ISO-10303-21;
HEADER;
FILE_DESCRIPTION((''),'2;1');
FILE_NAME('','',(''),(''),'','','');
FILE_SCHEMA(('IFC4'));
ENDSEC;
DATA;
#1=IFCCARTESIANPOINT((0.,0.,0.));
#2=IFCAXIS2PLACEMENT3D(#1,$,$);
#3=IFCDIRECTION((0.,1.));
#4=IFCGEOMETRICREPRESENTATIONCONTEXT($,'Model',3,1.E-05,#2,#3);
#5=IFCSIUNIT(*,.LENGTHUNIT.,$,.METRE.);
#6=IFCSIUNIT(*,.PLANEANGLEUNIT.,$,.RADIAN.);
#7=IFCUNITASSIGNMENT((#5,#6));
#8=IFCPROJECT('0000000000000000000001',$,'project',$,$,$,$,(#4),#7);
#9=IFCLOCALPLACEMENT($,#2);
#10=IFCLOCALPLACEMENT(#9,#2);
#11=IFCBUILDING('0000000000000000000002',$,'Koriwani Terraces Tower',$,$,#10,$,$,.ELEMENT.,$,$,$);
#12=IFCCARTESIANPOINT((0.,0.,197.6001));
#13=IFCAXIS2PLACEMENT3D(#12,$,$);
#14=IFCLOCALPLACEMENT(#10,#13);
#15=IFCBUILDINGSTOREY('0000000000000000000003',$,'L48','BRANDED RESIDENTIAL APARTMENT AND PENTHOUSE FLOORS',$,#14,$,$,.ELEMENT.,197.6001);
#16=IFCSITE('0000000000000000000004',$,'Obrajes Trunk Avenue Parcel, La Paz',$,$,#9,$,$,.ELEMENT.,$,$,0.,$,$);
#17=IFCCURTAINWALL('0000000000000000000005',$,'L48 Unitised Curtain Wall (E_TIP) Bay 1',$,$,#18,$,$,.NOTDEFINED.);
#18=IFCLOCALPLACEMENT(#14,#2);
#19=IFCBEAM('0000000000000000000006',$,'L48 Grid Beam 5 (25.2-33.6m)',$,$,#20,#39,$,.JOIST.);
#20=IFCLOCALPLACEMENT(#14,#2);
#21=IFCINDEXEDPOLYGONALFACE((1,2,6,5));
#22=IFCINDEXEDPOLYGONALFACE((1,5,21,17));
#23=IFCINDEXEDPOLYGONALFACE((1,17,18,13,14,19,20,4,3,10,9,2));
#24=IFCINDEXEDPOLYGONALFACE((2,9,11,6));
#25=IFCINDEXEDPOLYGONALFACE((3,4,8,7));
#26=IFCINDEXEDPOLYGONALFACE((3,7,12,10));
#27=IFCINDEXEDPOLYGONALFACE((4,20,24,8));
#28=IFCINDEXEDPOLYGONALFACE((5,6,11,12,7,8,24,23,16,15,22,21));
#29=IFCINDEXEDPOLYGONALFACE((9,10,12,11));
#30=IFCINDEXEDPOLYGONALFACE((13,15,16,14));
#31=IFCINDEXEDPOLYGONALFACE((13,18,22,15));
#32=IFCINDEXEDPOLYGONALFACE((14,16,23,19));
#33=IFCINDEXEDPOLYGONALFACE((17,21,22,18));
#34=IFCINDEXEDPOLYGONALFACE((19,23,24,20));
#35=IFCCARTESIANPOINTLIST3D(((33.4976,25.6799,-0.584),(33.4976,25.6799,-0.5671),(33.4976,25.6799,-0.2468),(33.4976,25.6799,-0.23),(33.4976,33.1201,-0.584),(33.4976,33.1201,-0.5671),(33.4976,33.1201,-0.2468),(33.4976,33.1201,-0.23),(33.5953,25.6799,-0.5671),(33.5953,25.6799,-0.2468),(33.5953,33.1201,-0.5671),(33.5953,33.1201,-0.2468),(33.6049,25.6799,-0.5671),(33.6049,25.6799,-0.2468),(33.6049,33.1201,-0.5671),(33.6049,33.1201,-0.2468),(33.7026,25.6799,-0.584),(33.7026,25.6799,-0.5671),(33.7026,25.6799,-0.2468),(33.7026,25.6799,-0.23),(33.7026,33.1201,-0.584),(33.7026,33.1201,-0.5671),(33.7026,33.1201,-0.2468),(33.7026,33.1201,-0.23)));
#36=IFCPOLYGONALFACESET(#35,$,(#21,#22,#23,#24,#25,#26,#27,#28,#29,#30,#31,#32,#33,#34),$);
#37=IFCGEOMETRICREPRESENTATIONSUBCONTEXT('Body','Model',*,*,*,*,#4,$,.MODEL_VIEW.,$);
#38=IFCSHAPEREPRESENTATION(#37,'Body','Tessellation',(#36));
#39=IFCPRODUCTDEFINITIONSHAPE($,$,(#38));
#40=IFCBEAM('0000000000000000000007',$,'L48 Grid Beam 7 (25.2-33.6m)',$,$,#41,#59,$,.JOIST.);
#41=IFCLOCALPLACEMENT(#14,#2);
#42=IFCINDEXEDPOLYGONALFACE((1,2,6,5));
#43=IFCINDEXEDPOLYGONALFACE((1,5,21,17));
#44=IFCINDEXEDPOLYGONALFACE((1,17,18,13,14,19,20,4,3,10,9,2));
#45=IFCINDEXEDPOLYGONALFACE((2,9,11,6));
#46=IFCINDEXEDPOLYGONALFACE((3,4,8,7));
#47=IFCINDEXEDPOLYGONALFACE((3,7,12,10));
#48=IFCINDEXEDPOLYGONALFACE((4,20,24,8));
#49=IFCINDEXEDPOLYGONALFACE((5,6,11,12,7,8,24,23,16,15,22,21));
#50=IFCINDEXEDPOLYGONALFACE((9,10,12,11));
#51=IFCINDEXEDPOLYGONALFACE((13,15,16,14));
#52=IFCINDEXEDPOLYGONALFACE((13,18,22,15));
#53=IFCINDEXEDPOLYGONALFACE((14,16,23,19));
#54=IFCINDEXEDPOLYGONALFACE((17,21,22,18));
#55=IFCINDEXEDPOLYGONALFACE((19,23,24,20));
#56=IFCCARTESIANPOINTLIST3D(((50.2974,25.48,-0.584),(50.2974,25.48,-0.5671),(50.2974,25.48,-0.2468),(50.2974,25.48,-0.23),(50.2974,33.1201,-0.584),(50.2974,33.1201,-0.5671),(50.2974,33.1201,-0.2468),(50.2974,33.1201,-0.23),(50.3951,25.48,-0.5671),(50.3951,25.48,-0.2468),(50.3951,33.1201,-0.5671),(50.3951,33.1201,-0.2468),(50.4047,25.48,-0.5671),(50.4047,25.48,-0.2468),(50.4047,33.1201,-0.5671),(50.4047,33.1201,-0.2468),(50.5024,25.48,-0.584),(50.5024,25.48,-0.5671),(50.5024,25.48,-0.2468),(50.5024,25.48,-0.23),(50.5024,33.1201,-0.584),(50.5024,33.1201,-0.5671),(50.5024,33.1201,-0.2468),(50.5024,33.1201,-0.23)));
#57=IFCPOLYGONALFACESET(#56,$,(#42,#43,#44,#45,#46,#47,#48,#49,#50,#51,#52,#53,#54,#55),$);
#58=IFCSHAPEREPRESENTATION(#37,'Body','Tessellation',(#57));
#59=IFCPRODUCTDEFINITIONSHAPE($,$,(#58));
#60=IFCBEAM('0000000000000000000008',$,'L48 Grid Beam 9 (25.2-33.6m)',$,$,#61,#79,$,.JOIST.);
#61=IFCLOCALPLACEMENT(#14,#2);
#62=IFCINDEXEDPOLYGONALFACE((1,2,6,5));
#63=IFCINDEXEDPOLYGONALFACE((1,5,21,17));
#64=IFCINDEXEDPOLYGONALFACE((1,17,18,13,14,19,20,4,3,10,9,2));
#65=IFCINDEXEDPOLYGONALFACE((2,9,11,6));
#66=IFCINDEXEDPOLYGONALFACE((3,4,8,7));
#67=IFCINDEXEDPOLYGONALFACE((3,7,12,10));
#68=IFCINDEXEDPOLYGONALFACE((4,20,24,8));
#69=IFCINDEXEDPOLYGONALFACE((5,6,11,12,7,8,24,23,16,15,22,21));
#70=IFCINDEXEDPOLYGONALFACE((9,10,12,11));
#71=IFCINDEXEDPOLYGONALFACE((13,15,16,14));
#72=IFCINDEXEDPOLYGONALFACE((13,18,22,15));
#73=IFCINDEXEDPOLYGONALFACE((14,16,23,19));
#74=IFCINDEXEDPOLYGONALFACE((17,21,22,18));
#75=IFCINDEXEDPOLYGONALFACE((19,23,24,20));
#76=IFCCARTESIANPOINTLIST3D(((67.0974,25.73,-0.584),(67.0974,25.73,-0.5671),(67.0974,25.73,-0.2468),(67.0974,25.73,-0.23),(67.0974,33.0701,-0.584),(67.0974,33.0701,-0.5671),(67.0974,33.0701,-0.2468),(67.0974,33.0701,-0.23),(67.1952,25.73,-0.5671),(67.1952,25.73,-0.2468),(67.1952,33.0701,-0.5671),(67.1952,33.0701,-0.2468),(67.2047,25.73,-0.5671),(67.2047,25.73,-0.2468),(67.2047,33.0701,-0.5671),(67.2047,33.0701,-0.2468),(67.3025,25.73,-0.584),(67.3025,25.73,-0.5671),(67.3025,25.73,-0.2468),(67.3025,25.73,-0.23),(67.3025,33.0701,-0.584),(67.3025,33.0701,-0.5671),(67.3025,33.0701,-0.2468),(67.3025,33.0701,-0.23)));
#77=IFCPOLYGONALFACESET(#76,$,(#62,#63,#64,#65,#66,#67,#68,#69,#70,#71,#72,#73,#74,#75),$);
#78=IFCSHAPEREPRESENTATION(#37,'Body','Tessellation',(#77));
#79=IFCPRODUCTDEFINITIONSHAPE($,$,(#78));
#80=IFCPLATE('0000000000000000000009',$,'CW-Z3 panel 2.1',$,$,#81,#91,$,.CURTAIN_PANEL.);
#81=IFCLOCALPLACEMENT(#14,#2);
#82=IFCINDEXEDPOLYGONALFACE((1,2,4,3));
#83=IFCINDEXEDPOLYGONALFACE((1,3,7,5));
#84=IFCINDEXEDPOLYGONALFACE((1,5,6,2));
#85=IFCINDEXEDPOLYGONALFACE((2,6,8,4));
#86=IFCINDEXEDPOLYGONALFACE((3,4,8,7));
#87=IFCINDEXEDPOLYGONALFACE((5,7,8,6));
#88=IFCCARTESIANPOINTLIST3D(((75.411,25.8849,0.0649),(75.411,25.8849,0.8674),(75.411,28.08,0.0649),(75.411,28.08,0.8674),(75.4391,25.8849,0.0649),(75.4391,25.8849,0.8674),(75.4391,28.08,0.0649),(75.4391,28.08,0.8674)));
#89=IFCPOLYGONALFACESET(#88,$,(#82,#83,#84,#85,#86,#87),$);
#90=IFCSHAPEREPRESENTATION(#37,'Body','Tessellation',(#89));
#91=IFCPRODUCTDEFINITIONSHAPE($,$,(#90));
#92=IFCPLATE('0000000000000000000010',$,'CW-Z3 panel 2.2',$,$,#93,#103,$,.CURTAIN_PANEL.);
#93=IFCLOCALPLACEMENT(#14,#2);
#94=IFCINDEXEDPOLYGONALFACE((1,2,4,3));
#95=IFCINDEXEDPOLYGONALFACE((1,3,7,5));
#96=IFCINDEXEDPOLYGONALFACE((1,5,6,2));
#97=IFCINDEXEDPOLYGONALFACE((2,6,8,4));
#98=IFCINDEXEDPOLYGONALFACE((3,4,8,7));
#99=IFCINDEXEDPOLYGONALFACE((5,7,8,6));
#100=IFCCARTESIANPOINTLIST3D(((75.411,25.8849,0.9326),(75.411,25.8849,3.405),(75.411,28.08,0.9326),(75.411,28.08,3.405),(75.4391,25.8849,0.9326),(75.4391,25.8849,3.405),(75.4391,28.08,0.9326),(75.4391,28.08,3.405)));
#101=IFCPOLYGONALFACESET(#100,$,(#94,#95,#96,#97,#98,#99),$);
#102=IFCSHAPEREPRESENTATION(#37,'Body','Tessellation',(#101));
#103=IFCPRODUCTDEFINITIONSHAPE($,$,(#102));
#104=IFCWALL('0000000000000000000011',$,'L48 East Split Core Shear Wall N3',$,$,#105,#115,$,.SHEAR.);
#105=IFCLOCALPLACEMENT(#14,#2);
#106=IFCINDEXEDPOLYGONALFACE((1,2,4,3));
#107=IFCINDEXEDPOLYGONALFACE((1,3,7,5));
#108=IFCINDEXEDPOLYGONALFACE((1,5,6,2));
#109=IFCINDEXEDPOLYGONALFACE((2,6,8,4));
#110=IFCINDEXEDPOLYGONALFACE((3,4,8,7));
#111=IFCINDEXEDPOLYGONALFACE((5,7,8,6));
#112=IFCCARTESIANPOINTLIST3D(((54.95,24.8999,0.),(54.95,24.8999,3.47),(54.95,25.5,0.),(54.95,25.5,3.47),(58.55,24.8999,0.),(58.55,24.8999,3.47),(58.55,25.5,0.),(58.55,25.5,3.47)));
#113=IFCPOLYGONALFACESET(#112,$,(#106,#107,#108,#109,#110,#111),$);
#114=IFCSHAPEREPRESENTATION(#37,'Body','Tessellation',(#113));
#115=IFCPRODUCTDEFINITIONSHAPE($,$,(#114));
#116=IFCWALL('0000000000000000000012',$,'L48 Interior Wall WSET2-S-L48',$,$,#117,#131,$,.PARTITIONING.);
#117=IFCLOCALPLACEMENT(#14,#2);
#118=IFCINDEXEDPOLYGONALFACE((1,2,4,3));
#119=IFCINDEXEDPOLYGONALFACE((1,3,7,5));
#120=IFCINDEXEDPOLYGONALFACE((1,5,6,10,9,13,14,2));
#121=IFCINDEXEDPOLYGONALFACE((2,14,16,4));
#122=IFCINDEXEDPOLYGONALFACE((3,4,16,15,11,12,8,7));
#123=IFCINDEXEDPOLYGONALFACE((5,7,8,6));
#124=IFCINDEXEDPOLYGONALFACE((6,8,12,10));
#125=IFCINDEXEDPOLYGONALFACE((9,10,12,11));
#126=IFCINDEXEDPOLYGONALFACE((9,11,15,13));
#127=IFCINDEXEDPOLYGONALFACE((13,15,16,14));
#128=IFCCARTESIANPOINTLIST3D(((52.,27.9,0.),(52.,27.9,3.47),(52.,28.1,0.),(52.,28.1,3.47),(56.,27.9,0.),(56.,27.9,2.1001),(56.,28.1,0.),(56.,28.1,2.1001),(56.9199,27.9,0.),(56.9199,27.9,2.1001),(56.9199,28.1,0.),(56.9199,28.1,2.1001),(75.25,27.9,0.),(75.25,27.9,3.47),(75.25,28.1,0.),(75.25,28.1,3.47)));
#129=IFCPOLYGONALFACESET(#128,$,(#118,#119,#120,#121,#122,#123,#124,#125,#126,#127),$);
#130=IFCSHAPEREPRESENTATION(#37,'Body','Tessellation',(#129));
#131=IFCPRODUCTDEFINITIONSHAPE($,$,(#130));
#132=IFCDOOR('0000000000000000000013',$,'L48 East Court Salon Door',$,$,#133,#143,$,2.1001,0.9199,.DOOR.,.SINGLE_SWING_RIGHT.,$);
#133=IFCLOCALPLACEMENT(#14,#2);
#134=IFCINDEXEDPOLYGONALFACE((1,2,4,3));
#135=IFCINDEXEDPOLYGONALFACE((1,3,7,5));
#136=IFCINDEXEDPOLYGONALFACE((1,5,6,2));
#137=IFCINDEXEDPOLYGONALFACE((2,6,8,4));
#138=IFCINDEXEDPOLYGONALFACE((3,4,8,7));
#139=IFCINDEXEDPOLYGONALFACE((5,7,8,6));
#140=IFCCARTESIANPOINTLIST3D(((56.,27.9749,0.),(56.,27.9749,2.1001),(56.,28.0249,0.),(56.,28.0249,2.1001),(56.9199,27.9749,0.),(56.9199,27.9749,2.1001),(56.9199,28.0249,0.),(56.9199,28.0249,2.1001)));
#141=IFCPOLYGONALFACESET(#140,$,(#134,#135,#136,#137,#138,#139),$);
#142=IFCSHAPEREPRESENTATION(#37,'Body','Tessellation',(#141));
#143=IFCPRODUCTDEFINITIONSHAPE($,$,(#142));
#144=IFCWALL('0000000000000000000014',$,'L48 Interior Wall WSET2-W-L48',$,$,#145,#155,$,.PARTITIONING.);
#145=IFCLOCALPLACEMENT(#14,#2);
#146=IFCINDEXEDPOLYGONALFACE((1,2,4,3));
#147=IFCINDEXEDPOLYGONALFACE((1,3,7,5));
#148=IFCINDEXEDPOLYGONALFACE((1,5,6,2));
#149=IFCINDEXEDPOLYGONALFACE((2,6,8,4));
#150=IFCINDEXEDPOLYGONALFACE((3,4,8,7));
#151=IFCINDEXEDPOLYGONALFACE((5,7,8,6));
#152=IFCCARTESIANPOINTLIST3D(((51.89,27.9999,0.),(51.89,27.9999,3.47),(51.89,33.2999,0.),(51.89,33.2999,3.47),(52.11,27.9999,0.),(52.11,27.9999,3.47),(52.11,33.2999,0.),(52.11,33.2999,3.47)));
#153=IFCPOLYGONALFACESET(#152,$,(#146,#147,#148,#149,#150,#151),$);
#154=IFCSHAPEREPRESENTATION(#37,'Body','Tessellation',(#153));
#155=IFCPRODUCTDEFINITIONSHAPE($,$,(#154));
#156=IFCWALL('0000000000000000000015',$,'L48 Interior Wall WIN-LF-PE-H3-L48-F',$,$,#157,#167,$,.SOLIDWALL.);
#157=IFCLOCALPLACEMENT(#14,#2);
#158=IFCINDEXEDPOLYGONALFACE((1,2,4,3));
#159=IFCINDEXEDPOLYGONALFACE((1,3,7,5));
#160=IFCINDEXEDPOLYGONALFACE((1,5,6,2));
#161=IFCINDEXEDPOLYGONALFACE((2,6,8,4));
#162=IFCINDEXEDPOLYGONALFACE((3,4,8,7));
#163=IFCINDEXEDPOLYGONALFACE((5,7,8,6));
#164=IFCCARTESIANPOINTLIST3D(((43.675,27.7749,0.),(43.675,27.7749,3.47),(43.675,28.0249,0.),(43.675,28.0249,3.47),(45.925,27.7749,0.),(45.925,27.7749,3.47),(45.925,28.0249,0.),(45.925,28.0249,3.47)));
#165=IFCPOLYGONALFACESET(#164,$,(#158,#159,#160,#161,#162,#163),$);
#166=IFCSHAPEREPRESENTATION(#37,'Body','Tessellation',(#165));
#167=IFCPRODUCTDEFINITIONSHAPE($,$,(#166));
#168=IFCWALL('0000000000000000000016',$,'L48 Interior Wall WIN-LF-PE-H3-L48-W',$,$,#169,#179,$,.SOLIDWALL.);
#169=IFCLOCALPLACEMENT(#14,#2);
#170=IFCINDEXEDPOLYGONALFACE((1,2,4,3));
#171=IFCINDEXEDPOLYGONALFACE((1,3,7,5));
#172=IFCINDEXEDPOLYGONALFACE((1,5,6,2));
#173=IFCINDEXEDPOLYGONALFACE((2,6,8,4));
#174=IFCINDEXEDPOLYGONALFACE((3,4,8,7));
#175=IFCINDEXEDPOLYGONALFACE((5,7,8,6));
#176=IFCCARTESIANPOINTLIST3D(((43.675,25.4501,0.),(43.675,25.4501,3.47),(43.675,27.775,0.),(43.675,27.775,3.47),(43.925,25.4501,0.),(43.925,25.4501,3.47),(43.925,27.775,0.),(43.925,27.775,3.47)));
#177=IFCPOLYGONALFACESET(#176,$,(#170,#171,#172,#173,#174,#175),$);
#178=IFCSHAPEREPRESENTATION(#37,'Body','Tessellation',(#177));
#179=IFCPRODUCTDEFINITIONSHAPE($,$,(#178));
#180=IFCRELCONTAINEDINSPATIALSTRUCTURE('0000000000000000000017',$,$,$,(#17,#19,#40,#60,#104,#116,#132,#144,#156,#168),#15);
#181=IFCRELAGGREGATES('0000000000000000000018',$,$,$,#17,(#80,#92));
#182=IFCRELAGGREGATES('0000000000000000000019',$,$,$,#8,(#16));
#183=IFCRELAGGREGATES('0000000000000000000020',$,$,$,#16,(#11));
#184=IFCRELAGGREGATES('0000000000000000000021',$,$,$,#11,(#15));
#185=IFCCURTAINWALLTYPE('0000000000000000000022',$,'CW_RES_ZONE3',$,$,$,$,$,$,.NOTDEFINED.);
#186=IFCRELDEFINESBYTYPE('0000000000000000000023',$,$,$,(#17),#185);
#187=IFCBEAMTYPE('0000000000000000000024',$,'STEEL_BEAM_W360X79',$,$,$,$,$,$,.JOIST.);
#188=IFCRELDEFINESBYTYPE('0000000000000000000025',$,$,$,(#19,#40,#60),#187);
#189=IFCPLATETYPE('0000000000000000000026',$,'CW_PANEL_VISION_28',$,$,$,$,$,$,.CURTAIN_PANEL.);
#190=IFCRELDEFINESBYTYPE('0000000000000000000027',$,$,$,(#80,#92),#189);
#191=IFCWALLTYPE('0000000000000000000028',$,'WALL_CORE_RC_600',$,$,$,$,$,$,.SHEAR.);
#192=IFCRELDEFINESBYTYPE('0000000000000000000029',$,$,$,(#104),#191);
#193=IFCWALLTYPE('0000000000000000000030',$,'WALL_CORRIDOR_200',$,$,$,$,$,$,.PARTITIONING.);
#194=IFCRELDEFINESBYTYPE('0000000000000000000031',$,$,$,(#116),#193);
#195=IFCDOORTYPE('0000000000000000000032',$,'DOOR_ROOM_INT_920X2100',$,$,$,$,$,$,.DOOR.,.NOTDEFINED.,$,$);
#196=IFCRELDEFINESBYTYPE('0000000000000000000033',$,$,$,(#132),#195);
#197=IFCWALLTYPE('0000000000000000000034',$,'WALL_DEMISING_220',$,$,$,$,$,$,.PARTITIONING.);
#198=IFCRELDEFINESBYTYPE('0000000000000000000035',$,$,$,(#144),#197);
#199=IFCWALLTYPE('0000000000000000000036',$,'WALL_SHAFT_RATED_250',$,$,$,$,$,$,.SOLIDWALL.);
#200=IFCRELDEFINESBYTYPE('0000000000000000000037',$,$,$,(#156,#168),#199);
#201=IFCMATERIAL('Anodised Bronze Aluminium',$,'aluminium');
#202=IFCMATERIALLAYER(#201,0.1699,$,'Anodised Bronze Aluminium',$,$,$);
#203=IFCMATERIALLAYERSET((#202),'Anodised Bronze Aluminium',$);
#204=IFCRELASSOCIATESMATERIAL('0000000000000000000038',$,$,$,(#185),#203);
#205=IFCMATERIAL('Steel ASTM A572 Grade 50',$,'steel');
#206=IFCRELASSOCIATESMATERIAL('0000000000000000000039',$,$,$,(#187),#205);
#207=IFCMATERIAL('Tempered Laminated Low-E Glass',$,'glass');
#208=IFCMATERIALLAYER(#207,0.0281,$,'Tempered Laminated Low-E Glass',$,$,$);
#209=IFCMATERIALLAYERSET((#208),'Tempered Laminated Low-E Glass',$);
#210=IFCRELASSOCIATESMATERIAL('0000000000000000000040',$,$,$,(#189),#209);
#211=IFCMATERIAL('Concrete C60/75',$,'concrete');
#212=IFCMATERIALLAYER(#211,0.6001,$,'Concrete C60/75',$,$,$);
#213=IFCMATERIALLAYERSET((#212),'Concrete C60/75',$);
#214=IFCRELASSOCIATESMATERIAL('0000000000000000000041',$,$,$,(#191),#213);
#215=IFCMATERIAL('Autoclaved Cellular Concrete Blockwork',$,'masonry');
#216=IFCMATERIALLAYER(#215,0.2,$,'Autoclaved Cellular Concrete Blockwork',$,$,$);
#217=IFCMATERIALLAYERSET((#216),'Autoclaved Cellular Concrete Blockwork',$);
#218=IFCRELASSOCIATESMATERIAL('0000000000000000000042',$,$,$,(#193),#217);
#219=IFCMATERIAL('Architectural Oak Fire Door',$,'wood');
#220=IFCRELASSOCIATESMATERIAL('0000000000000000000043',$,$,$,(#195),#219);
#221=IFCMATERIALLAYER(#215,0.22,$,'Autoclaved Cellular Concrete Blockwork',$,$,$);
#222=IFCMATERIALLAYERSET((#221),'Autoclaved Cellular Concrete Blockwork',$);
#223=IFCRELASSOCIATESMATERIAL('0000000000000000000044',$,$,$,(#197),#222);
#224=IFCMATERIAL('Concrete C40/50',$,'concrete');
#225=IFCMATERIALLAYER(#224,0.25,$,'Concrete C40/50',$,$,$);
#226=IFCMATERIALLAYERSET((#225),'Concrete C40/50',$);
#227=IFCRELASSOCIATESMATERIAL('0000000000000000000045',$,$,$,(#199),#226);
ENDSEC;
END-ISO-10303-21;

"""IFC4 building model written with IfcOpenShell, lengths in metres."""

from ifc_helpers import new_model, si_unit, direction, frame, frame_2d, origin, origin_2d, place, context, subcontext, project, spatial, rectangle, i_section, extrude, material, layer, layer_set, material_profile, profile_set, type_object, element, fill, aggregate, save


model = new_model("IFC4")

# Units and contexts
model_context = context("Model", 3, precision=1e-05, world=origin(), true_north=direction((0.0, 1.0)))
body_context = subcontext(model_context, "Body", "Model", "MODEL_VIEW")
ifc_project = project(units=[si_unit("LENGTHUNIT", "METRE"), si_unit("PLANEANGLEUNIT", "RADIAN")], contexts=[model_context])

# Site, building, storey
site_placement = place(None, origin())
site = spatial("IfcSite", under=ifc_project, at=site_placement, Name="Obrajes Trunk Avenue Parcel, La Paz", CompositionType="ELEMENT", RefElevation=0.0)
building_placement = place(site_placement, origin())
building = spatial("IfcBuilding", under=site, at=building_placement, Name="Koriwani Terraces Tower", CompositionType="ELEMENT")
storey_placement = place(building_placement, frame((0.0, 0.0, 197.6001)))
storey = spatial("IfcBuildingStorey", under=building, at=storey_placement, Name="L48", Description="BRANDED RESIDENTIAL APARTMENT AND PENTHOUSE FLOORS", CompositionType="ELEMENT", Elevation=197.6001)

# Curtain wall
ifc_material_1 = material(Name="Anodised Bronze Aluminium", Category="aluminium")
ifc_layer_1 = layer(ifc_material_1, 0.1699, Name="Anodised Bronze Aluminium")
ifc_layer_set_1 = layer_set([ifc_layer_1], Name="Anodised Bronze Aluminium")
curtain_wall_type = type_object("IfcCurtainWallType", Name="CW_RES_ZONE3", PredefinedType="NOTDEFINED", material=ifc_layer_set_1)
curtain_wall_placement = place(storey_placement, origin())
curtain_wall = element("IfcCurtainWall", 1, at=curtain_wall_placement, inside=storey, type_object=curtain_wall_type, Name="L48 Unitised Curtain Wall (E_TIP) Bay 1", PredefinedType="NOTDEFINED")

# Beams
ifc_material_2 = material(Name="Steel ASTM A572 Grade 50", Category="steel")
ifc_material_profile_1 = material_profile(ifc_material_2, i_section(OverallWidth=0.2051, OverallDepth=0.354, WebThickness=0.0095, FlangeThickness=0.0168, at=origin_2d()), Name="Steel ASTM A572 Grade 50", Category="LoadBearing")
ifc_profile_set_1 = profile_set([ifc_material_profile_1], Name="Steel ASTM A572 Grade 50")
beam_type_1 = type_object("IfcBeamType", Name="STEEL_BEAM_W360X79", PredefinedType="JOIST", material=ifc_profile_set_1)
beam_1_placement = place(storey_placement, frame((33.6001, 25.6799, -0.407), z_axis=(0.0, 1.0, 0.0), x_axis=(-1.0, 0.0, 0.0)))
element("IfcBeam", 2, at=beam_1_placement, inside=storey, type_object=beam_type_1, Name="L48 Grid Beam 5 (25.2-33.6m)", PredefinedType="JOIST", context=body_context, shape_type="SweptSolid", body=[
    extrude(i_section(OverallWidth=0.2051, OverallDepth=0.354, WebThickness=0.0095, FlangeThickness=0.0168, at=origin_2d()), origin(), (0.0, 0.0, 1.0), 7.4402),
])
beam_2_placement = place(storey_placement, frame((50.3999, 25.48, -0.407), z_axis=(0.0, 1.0, 0.0), x_axis=(-1.0, 0.0, 0.0)))
element("IfcBeam", 3, at=beam_2_placement, inside=storey, type_object=beam_type_1, Name="L48 Grid Beam 7 (25.2-33.6m)", PredefinedType="JOIST", context=body_context, shape_type="SweptSolid", body=[
    extrude(i_section(OverallWidth=0.2051, OverallDepth=0.354, WebThickness=0.0095, FlangeThickness=0.0168, at=origin_2d()), origin(), (0.0, 0.0, 1.0), 7.6401),
])
beam_3_placement = place(storey_placement, frame((67.2, 25.73, -0.407), z_axis=(0.0, 1.0, 0.0), x_axis=(-1.0, 0.0, 0.0)))
element("IfcBeam", 4, at=beam_3_placement, inside=storey, type_object=beam_type_1, Name="L48 Grid Beam 9 (25.2-33.6m)", PredefinedType="JOIST", context=body_context, shape_type="SweptSolid", body=[
    extrude(i_section(OverallWidth=0.2051, OverallDepth=0.354, WebThickness=0.0095, FlangeThickness=0.0168, at=origin_2d()), origin(), (0.0, 0.0, 1.0), 7.3401),
])

# Plates
ifc_material_3 = material(Name="Tempered Laminated Low-E Glass", Category="glass")
ifc_layer_2 = layer(ifc_material_3, 0.0281, Name="Tempered Laminated Low-E Glass")
ifc_layer_set_2 = layer_set([ifc_layer_2], Name="Tempered Laminated Low-E Glass")
plate_type = type_object("IfcPlateType", Name="CW_PANEL_VISION_28", PredefinedType="CURTAIN_PANEL", material=ifc_layer_set_2)
plate_1_placement = place(storey_placement, frame((75.425, 26.9824, 0.0649), z_axis=(0.0, 0.0, 1.0), x_axis=(0.0, -1.0, 0.0)))
plate_1 = element("IfcPlate", 5, at=plate_1_placement, type_object=plate_type, Name="CW-Z3 panel 2.1", PredefinedType="CURTAIN_PANEL", context=body_context, shape_type="SweptSolid", body=[
    extrude(rectangle(XDim=2.1951, YDim=0.0281, at=origin_2d()), origin(), (0.0, 0.0, 1.0), 0.8025),
])
plate_2_placement = place(storey_placement, frame((75.425, 26.9824, 0.9326), z_axis=(0.0, 0.0, 1.0), x_axis=(0.0, -1.0, 0.0)))
plate_2 = element("IfcPlate", 6, at=plate_2_placement, type_object=plate_type, Name="CW-Z3 panel 2.2", PredefinedType="CURTAIN_PANEL", context=body_context, shape_type="SweptSolid", body=[
    extrude(rectangle(XDim=2.1951, YDim=0.0281, at=origin_2d()), origin(), (0.0, 0.0, 1.0), 2.4724),
])
aggregate(curtain_wall, [plate_1, plate_2])

# Wall
ifc_material_4 = material(Name="Concrete C60/75", Category="concrete")
ifc_layer_3 = layer(ifc_material_4, 0.6001, Name="Concrete C60/75")
ifc_layer_set_3 = layer_set([ifc_layer_3], Name="Concrete C60/75")
wall_type_1 = type_object("IfcWallType", Name="WALL_CORE_RC_600", PredefinedType="SHEAR", material=ifc_layer_set_3)
wall_1_placement = place(storey_placement, frame((54.95, 25.2, 0.0), z_axis=(0.0, 0.0, 1.0), x_axis=(1.0, 0.0, 0.0)))
element("IfcWall", 7, at=wall_1_placement, inside=storey, type_object=wall_type_1, Name="L48 East Split Core Shear Wall N3", PredefinedType="SHEAR", context=body_context, shape_type="SweptSolid", body=[
    extrude(rectangle(XDim=3.6001, YDim=0.6001, at=frame_2d((1.8, 0.0))), origin(), (0.0, 0.0, 1.0), 3.47),
])

# Wall, opening, door
ifc_material_5 = material(Name="Autoclaved Cellular Concrete Blockwork", Category="masonry")
ifc_layer_4 = layer(ifc_material_5, 0.2, Name="Autoclaved Cellular Concrete Blockwork")
ifc_layer_set_4 = layer_set([ifc_layer_4], Name="Autoclaved Cellular Concrete Blockwork")
wall_type_2 = type_object("IfcWallType", Name="WALL_CORRIDOR_200", PredefinedType="PARTITIONING", material=ifc_layer_set_4)
wall_2_placement = place(storey_placement, frame((52.0, 28.0, 0.0), z_axis=(0.0, 0.0, 1.0), x_axis=(1.0, 0.0, 0.0)))
wall_2 = element("IfcWall", 8, at=wall_2_placement, inside=storey, type_object=wall_type_2, Name="L48 Interior Wall WSET2-S-L48", PredefinedType="PARTITIONING", context=body_context, shape_type="SweptSolid", body=[
    extrude(rectangle(XDim=23.25, YDim=0.2, at=frame_2d((11.625, 0.0))), origin(), (0.0, 0.0, 1.0), 3.47),
])
opening_1_placement = place(wall_2_placement, frame((4.0, 0.0, 0.0)))
opening_1 = element("IfcOpeningElement", 9, at=opening_1_placement, cuts=wall_2, PredefinedType="OPENING", context=body_context, shape_type="SweptSolid", body=[
    extrude(rectangle(XDim=0.9199, YDim=2.1001, at=frame_2d((0.46, 1.05))), frame((0.0, 0.1099, 0.0), z_axis=(0.0, -1.0, 0.0), x_axis=(1.0, 0.0, 0.0)), (0.0, 0.0, 1.0), 0.22),
])
ifc_material_6 = material(Name="Architectural Oak Fire Door", Category="wood")
door_type_1 = type_object("IfcDoorType", Name="DOOR_ROOM_INT_920X2100", OperationType="NOTDEFINED", PredefinedType="DOOR", material=ifc_material_6)
door_1_placement = place(opening_1_placement, origin())
door_1 = element("IfcDoor", 10, at=door_1_placement, inside=storey, type_object=door_type_1, Name="L48 East Court Salon Door", OperationType="SINGLE_SWING_RIGHT", OverallHeight=2.1001, OverallWidth=0.9199, PredefinedType="DOOR", context=body_context, shape_type="SweptSolid", body=[
    extrude(rectangle(XDim=0.9199, YDim=2.1001, at=frame_2d((0.46, 1.05))), frame((0.0, 0.0249, 0.0), z_axis=(0.0, -1.0, 0.0), x_axis=(1.0, 0.0, 0.0)), (0.0, 0.0, 1.0), 0.05),
])
fill(opening_1, door_1)

# Wall
ifc_layer_5 = layer(ifc_material_5, 0.22, Name="Autoclaved Cellular Concrete Blockwork")
ifc_layer_set_5 = layer_set([ifc_layer_5], Name="Autoclaved Cellular Concrete Blockwork")
wall_type_3 = type_object("IfcWallType", Name="WALL_DEMISING_220", PredefinedType="PARTITIONING", material=ifc_layer_set_5)
wall_3_placement = place(storey_placement, frame((52.0, 28.0, 0.0), z_axis=(0.0, 0.0, 1.0), x_axis=(0.0, 1.0, 0.0)))
element("IfcWall", 11, at=wall_3_placement, inside=storey, type_object=wall_type_3, Name="L48 Interior Wall WSET2-W-L48", PredefinedType="PARTITIONING", context=body_context, shape_type="SweptSolid", body=[
    extrude(rectangle(XDim=5.3, YDim=0.22, at=frame_2d((2.6499, 0.0))), origin(), (0.0, 0.0, 1.0), 3.47),
])

# Shared definitions
ifc_material_7 = material(Name="Concrete C40/50", Category="concrete")
ifc_layer_6 = layer(ifc_material_7, 0.25, Name="Concrete C40/50")
ifc_layer_set_6 = layer_set([ifc_layer_6], Name="Concrete C40/50")
wall_type_4 = type_object("IfcWallType", Name="WALL_SHAFT_RATED_250", PredefinedType="SOLIDWALL", material=ifc_layer_set_6)

# Walls
wall_4_placement = place(storey_placement, frame((43.675, 27.8999, 0.0), z_axis=(0.0, 0.0, 1.0), x_axis=(1.0, 0.0, 0.0)))
element("IfcWall", 12, at=wall_4_placement, inside=storey, type_object=wall_type_4, Name="L48 Interior Wall WIN-LF-PE-H3-L48-F", PredefinedType="SOLIDWALL", context=body_context, shape_type="SweptSolid", body=[
    extrude(rectangle(XDim=2.25, YDim=0.25, at=frame_2d((1.125, 0.0))), origin(), (0.0, 0.0, 1.0), 3.47),
])
for number, where, z_axis, x_axis, name in (
    (13, (43.8, 25.45, 0.0), (0.0, 0.0, 1.0), (0.0, 1.0, 0.0), "L48 Interior Wall WIN-LF-PE-H3-L48-W"),
):
    element("IfcWall", number, at=place(storey_placement, frame(where, z_axis=z_axis, x_axis=x_axis)), inside=storey, type_object=wall_type_4, Name=name, PredefinedType="SOLIDWALL", context=body_context, shape_type="SweptSolid", body=[
        extrude(rectangle(XDim=2.325, YDim=0.25, at=frame_2d((1.1626, 0.0))), origin(), (0.0, 0.0, 1.0), 3.47),
    ])

save(model, "model.ifc")
